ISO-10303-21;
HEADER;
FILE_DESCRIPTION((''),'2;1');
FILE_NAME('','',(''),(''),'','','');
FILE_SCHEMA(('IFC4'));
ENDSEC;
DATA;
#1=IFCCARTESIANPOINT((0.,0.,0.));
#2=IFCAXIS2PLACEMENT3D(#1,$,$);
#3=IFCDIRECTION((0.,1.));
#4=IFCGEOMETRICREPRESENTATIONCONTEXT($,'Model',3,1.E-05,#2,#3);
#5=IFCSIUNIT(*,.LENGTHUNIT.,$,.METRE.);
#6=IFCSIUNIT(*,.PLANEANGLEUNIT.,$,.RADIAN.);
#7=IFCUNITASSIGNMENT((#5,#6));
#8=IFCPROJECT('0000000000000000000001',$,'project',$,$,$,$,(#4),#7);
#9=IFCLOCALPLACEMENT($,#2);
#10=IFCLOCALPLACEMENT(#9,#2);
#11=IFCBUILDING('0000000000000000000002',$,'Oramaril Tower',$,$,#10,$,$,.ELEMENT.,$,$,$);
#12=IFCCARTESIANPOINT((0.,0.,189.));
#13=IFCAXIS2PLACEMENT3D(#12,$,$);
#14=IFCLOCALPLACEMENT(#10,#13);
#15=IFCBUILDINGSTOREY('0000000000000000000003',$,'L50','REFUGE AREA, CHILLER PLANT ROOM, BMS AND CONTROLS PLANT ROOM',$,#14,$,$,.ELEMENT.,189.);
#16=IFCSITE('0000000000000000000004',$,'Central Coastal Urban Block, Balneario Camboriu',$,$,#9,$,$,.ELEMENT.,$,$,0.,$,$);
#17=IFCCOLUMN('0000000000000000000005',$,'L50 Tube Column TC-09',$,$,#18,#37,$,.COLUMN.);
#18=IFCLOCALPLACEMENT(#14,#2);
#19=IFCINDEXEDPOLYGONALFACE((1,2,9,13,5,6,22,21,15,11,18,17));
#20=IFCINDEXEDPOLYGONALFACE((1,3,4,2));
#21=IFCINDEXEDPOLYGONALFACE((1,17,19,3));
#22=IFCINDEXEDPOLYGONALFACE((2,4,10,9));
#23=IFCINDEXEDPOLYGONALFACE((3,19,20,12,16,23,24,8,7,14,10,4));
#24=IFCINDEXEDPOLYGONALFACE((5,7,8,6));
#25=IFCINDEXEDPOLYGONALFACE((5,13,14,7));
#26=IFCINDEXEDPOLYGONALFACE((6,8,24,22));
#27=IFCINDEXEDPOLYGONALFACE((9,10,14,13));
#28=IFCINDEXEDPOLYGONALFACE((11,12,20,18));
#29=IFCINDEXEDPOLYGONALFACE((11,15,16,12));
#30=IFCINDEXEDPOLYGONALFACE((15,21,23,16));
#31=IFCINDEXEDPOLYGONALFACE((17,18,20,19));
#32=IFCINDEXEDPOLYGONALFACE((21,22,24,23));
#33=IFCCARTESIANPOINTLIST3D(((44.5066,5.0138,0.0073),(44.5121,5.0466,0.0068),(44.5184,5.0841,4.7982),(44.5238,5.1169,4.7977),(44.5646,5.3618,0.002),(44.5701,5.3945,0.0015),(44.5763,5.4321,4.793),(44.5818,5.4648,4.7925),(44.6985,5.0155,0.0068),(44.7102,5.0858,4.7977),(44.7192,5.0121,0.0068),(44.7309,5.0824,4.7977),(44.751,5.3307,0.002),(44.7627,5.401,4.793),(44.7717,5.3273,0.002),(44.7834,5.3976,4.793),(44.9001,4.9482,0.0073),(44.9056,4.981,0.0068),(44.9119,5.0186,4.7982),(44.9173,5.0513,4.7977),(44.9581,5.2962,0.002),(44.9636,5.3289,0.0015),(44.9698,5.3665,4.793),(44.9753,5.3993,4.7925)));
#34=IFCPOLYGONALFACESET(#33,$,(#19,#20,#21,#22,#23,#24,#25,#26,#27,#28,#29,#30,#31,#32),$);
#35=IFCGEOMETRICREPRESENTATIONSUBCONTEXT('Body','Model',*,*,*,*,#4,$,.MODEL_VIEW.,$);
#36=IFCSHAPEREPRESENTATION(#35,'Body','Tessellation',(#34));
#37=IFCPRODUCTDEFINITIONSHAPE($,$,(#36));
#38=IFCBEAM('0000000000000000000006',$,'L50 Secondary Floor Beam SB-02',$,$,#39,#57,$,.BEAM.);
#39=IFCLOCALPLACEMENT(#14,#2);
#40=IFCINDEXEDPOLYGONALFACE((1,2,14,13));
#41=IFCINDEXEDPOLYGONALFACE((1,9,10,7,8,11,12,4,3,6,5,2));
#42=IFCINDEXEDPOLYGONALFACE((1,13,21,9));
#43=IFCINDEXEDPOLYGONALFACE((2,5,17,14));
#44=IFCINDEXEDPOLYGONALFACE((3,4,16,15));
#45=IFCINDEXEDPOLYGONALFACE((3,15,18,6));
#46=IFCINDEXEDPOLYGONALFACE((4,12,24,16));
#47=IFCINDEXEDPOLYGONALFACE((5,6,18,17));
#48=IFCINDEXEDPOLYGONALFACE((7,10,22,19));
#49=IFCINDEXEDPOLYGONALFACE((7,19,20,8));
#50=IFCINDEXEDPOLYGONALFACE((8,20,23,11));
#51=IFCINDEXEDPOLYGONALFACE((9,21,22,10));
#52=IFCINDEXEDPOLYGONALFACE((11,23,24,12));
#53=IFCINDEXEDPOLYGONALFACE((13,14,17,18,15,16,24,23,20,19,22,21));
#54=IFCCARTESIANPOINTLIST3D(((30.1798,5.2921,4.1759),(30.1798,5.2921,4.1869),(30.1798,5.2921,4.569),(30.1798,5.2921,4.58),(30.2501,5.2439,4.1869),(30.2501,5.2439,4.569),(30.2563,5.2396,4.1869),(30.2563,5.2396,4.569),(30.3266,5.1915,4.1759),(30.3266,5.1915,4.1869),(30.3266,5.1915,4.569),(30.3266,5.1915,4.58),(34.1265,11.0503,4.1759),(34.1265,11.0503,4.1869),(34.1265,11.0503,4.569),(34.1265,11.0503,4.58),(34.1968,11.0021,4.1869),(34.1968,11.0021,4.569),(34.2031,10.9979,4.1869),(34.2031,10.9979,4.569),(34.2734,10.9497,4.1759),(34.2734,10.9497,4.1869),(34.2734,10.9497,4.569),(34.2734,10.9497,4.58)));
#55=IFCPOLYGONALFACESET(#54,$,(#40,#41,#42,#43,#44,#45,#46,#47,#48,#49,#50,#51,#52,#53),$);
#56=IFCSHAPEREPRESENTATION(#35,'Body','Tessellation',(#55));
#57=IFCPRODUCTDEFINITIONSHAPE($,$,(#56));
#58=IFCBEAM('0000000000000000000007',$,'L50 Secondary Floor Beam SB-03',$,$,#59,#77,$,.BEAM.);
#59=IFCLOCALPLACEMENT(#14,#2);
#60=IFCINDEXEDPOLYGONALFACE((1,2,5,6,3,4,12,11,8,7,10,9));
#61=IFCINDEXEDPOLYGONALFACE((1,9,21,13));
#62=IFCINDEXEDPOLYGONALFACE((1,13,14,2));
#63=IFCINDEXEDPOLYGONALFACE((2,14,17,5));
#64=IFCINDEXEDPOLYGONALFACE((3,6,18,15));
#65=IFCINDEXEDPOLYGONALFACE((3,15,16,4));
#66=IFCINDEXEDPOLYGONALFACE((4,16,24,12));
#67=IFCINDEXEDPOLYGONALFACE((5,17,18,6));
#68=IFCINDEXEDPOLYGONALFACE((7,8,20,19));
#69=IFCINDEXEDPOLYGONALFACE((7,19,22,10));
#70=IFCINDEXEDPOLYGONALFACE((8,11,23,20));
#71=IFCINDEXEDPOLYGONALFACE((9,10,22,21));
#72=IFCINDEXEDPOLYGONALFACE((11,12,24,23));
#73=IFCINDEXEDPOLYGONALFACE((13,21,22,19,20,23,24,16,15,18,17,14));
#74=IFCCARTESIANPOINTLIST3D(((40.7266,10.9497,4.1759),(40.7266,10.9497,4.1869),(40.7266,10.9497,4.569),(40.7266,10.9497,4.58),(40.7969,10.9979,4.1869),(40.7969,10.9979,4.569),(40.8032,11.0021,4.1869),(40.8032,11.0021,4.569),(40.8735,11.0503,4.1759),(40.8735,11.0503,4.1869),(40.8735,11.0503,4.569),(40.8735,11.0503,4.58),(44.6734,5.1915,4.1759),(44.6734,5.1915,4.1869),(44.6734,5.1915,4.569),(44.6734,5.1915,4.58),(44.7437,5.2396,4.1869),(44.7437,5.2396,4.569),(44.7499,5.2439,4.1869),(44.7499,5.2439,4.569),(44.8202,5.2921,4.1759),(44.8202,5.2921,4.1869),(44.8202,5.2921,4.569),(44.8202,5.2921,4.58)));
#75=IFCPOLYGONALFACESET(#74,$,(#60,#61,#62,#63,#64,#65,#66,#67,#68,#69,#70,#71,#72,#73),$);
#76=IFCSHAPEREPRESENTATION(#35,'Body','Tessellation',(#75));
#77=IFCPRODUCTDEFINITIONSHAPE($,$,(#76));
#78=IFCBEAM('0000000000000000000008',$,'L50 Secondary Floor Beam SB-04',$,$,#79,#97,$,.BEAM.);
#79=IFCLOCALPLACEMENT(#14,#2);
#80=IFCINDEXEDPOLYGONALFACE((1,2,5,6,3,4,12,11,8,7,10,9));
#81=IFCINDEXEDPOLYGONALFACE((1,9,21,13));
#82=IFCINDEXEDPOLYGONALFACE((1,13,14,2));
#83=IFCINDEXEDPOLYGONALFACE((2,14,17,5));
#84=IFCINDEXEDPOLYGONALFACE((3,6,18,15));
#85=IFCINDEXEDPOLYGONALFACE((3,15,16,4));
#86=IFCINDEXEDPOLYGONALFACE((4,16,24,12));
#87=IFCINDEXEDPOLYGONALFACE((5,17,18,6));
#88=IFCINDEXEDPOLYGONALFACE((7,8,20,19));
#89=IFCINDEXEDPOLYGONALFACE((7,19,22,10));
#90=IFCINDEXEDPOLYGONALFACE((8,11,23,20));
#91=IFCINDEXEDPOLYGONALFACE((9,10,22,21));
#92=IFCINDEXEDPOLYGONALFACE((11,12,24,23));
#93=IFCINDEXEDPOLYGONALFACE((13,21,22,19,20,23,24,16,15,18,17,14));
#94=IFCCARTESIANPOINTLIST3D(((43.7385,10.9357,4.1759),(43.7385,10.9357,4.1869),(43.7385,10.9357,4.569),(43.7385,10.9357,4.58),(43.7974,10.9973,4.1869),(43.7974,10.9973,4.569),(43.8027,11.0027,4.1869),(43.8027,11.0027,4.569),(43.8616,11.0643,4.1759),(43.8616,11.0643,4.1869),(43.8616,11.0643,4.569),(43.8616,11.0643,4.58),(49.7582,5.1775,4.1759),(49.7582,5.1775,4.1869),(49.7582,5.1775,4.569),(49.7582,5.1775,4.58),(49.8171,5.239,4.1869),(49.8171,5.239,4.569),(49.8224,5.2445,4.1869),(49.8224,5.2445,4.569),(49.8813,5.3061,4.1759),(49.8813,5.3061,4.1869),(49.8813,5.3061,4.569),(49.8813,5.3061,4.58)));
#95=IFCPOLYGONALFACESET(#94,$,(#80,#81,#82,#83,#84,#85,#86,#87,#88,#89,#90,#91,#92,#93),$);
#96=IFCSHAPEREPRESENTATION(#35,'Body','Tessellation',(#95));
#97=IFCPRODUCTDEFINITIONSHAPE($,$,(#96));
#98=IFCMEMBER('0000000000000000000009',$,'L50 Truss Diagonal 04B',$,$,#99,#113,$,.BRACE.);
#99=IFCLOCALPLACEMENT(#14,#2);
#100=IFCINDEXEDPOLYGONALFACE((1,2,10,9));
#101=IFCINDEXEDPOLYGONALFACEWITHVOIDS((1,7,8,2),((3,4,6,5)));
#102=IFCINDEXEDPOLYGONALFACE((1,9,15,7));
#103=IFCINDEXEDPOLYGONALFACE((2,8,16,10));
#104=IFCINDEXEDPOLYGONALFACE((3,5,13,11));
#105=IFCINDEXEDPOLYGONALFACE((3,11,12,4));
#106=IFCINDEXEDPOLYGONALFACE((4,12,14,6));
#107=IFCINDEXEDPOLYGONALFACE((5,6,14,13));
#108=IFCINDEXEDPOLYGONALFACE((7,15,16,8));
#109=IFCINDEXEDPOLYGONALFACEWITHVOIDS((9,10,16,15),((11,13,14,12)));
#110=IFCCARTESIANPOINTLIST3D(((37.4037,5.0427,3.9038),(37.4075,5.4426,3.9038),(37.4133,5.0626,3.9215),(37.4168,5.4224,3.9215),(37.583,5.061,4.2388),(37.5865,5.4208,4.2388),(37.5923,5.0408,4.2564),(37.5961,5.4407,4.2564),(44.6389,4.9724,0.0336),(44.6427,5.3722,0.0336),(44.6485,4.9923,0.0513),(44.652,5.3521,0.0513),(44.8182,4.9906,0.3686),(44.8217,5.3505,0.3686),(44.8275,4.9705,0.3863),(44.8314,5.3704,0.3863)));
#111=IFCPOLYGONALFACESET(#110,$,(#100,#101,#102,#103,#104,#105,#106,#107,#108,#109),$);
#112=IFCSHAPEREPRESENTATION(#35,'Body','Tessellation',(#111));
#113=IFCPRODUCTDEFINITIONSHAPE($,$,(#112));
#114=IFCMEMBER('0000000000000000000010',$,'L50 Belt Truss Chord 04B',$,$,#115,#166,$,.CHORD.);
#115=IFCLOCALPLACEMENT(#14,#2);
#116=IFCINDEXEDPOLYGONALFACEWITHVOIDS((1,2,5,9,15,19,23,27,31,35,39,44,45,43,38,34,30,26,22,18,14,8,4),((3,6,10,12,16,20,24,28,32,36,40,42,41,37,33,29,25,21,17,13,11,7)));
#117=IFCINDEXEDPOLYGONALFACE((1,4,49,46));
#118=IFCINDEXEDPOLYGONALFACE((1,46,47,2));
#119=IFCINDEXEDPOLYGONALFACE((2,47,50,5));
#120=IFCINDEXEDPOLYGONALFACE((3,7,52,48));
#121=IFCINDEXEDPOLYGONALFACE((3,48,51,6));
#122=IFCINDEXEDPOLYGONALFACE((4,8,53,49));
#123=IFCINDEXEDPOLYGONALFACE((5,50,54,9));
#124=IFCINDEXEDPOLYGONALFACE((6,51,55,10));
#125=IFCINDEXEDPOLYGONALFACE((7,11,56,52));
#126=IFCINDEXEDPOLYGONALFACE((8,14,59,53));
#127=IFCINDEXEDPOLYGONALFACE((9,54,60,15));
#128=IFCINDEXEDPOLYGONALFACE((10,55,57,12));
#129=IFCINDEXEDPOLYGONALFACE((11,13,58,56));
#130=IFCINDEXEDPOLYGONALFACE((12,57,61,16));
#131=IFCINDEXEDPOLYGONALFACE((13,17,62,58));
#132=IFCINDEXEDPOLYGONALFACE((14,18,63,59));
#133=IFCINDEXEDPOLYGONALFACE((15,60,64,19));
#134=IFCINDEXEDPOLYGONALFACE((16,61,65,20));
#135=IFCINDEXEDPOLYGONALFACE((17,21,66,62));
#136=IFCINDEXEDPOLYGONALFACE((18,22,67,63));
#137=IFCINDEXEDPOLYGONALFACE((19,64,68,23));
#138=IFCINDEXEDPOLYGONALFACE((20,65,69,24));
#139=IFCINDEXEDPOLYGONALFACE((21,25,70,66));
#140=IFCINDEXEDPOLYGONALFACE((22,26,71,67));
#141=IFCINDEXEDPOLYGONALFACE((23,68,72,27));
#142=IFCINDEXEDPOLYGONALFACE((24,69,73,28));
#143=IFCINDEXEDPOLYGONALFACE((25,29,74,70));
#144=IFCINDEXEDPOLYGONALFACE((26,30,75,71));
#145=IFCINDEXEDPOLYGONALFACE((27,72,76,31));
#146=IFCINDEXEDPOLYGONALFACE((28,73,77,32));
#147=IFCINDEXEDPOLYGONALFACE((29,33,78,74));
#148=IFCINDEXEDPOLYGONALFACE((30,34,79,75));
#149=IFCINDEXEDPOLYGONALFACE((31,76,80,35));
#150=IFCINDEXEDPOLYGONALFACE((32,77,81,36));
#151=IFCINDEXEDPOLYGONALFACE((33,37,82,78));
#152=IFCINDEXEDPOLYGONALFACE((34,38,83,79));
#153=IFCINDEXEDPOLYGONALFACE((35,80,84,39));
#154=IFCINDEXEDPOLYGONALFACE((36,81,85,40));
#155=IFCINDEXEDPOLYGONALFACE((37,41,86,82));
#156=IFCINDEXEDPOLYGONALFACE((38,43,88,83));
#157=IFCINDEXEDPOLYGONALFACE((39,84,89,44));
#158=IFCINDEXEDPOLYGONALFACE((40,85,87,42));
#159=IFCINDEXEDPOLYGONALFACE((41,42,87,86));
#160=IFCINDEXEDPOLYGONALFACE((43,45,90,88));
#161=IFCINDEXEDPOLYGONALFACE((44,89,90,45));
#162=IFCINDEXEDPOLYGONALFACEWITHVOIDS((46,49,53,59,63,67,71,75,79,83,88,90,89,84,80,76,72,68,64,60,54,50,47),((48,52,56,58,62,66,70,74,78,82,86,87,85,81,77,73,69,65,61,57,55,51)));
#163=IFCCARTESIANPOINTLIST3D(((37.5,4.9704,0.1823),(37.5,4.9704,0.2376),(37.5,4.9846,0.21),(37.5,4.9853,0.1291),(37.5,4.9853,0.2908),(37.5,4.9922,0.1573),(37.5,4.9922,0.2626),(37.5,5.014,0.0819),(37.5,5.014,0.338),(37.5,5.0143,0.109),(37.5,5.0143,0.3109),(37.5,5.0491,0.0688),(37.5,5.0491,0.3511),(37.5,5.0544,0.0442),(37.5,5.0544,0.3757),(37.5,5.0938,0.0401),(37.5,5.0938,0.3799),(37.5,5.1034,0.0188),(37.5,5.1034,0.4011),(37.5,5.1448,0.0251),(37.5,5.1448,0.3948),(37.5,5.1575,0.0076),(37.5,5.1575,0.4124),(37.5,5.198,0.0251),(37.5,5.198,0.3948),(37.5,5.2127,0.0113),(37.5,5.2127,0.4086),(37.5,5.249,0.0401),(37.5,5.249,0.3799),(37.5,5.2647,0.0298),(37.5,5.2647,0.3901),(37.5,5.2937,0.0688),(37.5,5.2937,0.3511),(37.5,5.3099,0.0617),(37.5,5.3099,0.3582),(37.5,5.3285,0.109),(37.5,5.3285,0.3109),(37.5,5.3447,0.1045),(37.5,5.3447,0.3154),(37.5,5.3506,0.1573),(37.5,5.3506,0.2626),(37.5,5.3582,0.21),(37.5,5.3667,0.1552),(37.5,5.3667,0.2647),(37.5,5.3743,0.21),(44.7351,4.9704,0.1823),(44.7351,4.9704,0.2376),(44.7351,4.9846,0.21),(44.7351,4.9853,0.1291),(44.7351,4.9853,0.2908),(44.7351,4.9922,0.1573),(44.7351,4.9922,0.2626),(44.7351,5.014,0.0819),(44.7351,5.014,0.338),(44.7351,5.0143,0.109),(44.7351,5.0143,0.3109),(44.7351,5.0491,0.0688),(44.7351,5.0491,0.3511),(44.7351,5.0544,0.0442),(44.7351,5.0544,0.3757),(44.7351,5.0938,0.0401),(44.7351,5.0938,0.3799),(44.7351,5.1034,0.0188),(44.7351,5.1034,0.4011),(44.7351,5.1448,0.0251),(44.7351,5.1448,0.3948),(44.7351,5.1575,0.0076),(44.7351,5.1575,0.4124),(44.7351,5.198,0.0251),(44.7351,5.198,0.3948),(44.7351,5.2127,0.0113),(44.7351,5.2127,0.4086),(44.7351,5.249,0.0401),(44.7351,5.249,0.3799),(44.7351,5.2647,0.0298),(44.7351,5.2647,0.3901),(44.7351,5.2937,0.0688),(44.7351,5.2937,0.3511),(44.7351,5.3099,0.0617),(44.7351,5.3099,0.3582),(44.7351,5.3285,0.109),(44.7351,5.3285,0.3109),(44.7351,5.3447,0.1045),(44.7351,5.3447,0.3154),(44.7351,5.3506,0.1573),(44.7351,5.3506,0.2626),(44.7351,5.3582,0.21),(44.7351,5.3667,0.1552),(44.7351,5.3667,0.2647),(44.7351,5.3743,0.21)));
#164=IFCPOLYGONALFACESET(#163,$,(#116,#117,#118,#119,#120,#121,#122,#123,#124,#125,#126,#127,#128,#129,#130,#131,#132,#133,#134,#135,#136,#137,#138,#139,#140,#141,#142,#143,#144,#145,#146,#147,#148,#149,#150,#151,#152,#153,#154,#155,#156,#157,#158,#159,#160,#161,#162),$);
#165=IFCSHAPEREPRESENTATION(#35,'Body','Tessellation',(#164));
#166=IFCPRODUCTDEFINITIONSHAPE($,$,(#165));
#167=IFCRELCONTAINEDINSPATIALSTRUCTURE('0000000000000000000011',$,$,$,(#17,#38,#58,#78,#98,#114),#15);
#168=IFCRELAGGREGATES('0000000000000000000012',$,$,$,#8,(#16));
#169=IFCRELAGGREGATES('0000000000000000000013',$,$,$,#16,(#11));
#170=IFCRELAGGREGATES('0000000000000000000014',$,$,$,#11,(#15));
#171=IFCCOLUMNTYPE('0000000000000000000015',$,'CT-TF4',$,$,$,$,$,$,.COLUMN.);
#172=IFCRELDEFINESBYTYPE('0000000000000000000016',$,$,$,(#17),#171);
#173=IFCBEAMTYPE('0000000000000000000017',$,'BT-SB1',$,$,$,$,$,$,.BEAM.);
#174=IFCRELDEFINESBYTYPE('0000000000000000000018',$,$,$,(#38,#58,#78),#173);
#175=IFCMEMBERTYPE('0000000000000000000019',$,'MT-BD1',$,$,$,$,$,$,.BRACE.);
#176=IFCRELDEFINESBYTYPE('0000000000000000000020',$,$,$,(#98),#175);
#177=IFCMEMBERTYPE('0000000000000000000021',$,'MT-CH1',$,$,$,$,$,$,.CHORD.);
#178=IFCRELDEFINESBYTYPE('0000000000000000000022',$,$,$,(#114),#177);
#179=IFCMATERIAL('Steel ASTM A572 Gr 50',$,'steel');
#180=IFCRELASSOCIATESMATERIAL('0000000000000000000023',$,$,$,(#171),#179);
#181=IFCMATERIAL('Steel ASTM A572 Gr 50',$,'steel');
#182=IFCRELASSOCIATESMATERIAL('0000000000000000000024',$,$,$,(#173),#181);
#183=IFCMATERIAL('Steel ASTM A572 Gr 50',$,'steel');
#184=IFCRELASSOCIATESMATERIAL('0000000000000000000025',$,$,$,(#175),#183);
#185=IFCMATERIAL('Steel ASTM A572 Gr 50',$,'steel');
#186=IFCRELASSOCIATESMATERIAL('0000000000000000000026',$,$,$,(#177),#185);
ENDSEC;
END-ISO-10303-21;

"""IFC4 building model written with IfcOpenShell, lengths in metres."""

from ifc_helpers import new_model, si_unit, direction, frame, origin, origin_2d, place, context, subcontext, project, spatial, hollow_rectangle, hollow_circle, i_section, extrude, material, material_profile, profile_set, type_object, element, save


model = new_model("IFC4")

# Units and contexts
model_context = context("Model", 3, precision=1e-05, world=origin(), true_north=direction((0.0, 1.0)))
body_context = subcontext(model_context, "Body", "Model", "MODEL_VIEW")
ifc_project = project(units=[si_unit("LENGTHUNIT", "METRE"), si_unit("PLANEANGLEUNIT", "RADIAN")], contexts=[model_context])

# Site, building, storey
site_placement = place(None, origin())
site = spatial("IfcSite", under=ifc_project, at=site_placement, Name="Central Coastal Urban Block, Balneario Camboriu", CompositionType="ELEMENT", RefElevation=0.0)
building_placement = place(site_placement, origin())
building = spatial("IfcBuilding", under=site, at=building_placement, Name="Oramaril Tower", CompositionType="ELEMENT")
storey_placement = place(building_placement, frame((0.0, 0.0, 189.0)))
storey = spatial("IfcBuildingStorey", under=building, at=storey_placement, Name="L50", Description="REFUGE AREA, CHILLER PLANT ROOM, BMS AND CONTROLS PLANT ROOM", CompositionType="ELEMENT", Elevation=189.0)

# Column
ifc_material_1 = material(Name="Steel ASTM A572 Gr 50", Category="steel")
ifc_material_profile_1 = material_profile(ifc_material_1, i_section(OverallWidth=0.3989, OverallDepth=0.386, WebThickness=0.021, FlangeThickness=0.0332, at=origin_2d()), Name="W14X176")
ifc_profile_set_1 = profile_set([ifc_material_profile_1], Name="Steel ASTM A572 Gr 50")
column_type = type_object("IfcColumnType", Name="CT-TF4", PredefinedType="COLUMN", material=ifc_profile_set_1)
column_placement = place(storey_placement, frame((44.7351, 5.1714, 0.0044), z_axis=(0.002446, 0.014674, 0.999889), x_axis=(-0.986394, 0.164399, 0.0)))
element("IfcColumn", 1, at=column_placement, inside=storey, type_object=column_type, Name="L50 Tube Column TC-09", PredefinedType="COLUMN", context=body_context, shape_type="SweptSolid", body=[
    extrude(i_section(OverallWidth=0.3989, OverallDepth=0.386, WebThickness=0.021, FlangeThickness=0.0332, at=origin_2d()), origin(), (0.0, 0.0, 1.0), 4.7915),
])

# Beams
ifc_material_2 = material(Name="Steel ASTM A572 Gr 50", Category="steel")
ifc_material_profile_2 = material_profile(ifc_material_2, i_section(OverallWidth=0.178, OverallDepth=0.4041, WebThickness=0.0076, FlangeThickness=0.011, at=origin_2d()), Name="W16X36")
ifc_profile_set_2 = profile_set([ifc_material_profile_2], Name="Steel ASTM A572 Gr 50")
beam_type = type_object("IfcBeamType", Name="BT-SB1", PredefinedType="BEAM", material=ifc_profile_set_2)
for number, where, z_axis, x_axis, name in (
    (2, (34.2, 11.0, 4.3779), (-0.565356, -0.824847, 0.0), (0.824847, -0.565356, 0.0), "L50 Secondary Floor Beam SB-02"),
    (3, (40.8, 11.0, 4.3779), (0.565356, -0.824847, 0.0), (0.824847, 0.565356, 0.0), "L50 Secondary Floor Beam SB-03"),
):
    element("IfcBeam", number, at=place(storey_placement, frame(where, z_axis=z_axis, x_axis=x_axis)), inside=storey, type_object=beam_type, Name=name, PredefinedType="BEAM", context=body_context, shape_type="SweptSolid", body=[
        extrude(i_section(OverallWidth=0.178, OverallDepth=0.4041, WebThickness=0.0076, FlangeThickness=0.011, at=origin_2d()), origin(), (0.0, 0.0, 1.0), 6.981),
    ])
beam_placement = place(storey_placement, frame((43.8, 11.0, 4.3779), z_axis=(0.722627, -0.691239, 0.0), x_axis=(0.691239, 0.722627, 0.0)))
element("IfcBeam", 4, at=beam_placement, inside=storey, type_object=beam_type, Name="L50 Secondary Floor Beam SB-04", PredefinedType="BEAM", context=body_context, shape_type="SweptSolid", body=[
    extrude(i_section(OverallWidth=0.178, OverallDepth=0.4041, WebThickness=0.0076, FlangeThickness=0.011, at=origin_2d()), origin(), (0.0, 0.0, 1.0), 8.3303),
])

# Members
ifc_material_3 = material(Name="Steel ASTM A572 Gr 50", Category="steel")
ifc_material_profile_3 = material_profile(ifc_material_3, hollow_rectangle(XDim=0.3999, YDim=0.3999, WallThickness=0.02, at=origin_2d()), Name="HSS400X400X20")
ifc_profile_set_3 = profile_set([ifc_material_profile_3], Name="Steel ASTM A572 Gr 50")
member_type_1 = type_object("IfcMemberType", Name="MT-BD1", PredefinedType="BRACE", material=ifc_profile_set_3)
member_1_placement = place(storey_placement, frame((44.7351, 5.1714, 0.21), z_axis=(-0.881743, 0.008569, 0.471652), x_axis=(-0.009718, -0.999953, 0.0)))
element("IfcMember", 5, at=member_1_placement, inside=storey, type_object=member_type_1, Name="L50 Truss Diagonal 04B", PredefinedType="BRACE", context=body_context, shape_type="SweptSolid", body=[
    extrude(hollow_rectangle(XDim=0.3999, YDim=0.3999, WallThickness=0.02, at=origin_2d()), origin(), (0.0, 0.0, 1.0), 8.2056),
])
ifc_material_4 = material(Name="Steel ASTM A572 Gr 50", Category="steel")
ifc_material_profile_4 = material_profile(ifc_material_4, hollow_circle(Radius=0.2029, WallThickness=0.0161, at=origin_2d()), Name="CHS406X16")
ifc_profile_set_4 = profile_set([ifc_material_profile_4], Name="Steel ASTM A572 Gr 50")
member_type_2 = type_object("IfcMemberType", Name="MT-CH1", PredefinedType="CHORD", material=ifc_profile_set_4)
member_2_placement = place(storey_placement, frame((37.5, 5.1714, 0.21), z_axis=(1.0, 0.0, 0.0), x_axis=(0.0, 1.0, 0.0)))
element("IfcMember", 6, at=member_2_placement, inside=storey, type_object=member_type_2, Name="L50 Belt Truss Chord 04B", PredefinedType="CHORD", context=body_context, shape_type="SweptSolid", body=[
    extrude(hollow_circle(Radius=0.2029, WallThickness=0.0161, at=origin_2d()), origin(), (0.0, 0.0, 1.0), 7.2351),
])

save(model, "model.ifc")
